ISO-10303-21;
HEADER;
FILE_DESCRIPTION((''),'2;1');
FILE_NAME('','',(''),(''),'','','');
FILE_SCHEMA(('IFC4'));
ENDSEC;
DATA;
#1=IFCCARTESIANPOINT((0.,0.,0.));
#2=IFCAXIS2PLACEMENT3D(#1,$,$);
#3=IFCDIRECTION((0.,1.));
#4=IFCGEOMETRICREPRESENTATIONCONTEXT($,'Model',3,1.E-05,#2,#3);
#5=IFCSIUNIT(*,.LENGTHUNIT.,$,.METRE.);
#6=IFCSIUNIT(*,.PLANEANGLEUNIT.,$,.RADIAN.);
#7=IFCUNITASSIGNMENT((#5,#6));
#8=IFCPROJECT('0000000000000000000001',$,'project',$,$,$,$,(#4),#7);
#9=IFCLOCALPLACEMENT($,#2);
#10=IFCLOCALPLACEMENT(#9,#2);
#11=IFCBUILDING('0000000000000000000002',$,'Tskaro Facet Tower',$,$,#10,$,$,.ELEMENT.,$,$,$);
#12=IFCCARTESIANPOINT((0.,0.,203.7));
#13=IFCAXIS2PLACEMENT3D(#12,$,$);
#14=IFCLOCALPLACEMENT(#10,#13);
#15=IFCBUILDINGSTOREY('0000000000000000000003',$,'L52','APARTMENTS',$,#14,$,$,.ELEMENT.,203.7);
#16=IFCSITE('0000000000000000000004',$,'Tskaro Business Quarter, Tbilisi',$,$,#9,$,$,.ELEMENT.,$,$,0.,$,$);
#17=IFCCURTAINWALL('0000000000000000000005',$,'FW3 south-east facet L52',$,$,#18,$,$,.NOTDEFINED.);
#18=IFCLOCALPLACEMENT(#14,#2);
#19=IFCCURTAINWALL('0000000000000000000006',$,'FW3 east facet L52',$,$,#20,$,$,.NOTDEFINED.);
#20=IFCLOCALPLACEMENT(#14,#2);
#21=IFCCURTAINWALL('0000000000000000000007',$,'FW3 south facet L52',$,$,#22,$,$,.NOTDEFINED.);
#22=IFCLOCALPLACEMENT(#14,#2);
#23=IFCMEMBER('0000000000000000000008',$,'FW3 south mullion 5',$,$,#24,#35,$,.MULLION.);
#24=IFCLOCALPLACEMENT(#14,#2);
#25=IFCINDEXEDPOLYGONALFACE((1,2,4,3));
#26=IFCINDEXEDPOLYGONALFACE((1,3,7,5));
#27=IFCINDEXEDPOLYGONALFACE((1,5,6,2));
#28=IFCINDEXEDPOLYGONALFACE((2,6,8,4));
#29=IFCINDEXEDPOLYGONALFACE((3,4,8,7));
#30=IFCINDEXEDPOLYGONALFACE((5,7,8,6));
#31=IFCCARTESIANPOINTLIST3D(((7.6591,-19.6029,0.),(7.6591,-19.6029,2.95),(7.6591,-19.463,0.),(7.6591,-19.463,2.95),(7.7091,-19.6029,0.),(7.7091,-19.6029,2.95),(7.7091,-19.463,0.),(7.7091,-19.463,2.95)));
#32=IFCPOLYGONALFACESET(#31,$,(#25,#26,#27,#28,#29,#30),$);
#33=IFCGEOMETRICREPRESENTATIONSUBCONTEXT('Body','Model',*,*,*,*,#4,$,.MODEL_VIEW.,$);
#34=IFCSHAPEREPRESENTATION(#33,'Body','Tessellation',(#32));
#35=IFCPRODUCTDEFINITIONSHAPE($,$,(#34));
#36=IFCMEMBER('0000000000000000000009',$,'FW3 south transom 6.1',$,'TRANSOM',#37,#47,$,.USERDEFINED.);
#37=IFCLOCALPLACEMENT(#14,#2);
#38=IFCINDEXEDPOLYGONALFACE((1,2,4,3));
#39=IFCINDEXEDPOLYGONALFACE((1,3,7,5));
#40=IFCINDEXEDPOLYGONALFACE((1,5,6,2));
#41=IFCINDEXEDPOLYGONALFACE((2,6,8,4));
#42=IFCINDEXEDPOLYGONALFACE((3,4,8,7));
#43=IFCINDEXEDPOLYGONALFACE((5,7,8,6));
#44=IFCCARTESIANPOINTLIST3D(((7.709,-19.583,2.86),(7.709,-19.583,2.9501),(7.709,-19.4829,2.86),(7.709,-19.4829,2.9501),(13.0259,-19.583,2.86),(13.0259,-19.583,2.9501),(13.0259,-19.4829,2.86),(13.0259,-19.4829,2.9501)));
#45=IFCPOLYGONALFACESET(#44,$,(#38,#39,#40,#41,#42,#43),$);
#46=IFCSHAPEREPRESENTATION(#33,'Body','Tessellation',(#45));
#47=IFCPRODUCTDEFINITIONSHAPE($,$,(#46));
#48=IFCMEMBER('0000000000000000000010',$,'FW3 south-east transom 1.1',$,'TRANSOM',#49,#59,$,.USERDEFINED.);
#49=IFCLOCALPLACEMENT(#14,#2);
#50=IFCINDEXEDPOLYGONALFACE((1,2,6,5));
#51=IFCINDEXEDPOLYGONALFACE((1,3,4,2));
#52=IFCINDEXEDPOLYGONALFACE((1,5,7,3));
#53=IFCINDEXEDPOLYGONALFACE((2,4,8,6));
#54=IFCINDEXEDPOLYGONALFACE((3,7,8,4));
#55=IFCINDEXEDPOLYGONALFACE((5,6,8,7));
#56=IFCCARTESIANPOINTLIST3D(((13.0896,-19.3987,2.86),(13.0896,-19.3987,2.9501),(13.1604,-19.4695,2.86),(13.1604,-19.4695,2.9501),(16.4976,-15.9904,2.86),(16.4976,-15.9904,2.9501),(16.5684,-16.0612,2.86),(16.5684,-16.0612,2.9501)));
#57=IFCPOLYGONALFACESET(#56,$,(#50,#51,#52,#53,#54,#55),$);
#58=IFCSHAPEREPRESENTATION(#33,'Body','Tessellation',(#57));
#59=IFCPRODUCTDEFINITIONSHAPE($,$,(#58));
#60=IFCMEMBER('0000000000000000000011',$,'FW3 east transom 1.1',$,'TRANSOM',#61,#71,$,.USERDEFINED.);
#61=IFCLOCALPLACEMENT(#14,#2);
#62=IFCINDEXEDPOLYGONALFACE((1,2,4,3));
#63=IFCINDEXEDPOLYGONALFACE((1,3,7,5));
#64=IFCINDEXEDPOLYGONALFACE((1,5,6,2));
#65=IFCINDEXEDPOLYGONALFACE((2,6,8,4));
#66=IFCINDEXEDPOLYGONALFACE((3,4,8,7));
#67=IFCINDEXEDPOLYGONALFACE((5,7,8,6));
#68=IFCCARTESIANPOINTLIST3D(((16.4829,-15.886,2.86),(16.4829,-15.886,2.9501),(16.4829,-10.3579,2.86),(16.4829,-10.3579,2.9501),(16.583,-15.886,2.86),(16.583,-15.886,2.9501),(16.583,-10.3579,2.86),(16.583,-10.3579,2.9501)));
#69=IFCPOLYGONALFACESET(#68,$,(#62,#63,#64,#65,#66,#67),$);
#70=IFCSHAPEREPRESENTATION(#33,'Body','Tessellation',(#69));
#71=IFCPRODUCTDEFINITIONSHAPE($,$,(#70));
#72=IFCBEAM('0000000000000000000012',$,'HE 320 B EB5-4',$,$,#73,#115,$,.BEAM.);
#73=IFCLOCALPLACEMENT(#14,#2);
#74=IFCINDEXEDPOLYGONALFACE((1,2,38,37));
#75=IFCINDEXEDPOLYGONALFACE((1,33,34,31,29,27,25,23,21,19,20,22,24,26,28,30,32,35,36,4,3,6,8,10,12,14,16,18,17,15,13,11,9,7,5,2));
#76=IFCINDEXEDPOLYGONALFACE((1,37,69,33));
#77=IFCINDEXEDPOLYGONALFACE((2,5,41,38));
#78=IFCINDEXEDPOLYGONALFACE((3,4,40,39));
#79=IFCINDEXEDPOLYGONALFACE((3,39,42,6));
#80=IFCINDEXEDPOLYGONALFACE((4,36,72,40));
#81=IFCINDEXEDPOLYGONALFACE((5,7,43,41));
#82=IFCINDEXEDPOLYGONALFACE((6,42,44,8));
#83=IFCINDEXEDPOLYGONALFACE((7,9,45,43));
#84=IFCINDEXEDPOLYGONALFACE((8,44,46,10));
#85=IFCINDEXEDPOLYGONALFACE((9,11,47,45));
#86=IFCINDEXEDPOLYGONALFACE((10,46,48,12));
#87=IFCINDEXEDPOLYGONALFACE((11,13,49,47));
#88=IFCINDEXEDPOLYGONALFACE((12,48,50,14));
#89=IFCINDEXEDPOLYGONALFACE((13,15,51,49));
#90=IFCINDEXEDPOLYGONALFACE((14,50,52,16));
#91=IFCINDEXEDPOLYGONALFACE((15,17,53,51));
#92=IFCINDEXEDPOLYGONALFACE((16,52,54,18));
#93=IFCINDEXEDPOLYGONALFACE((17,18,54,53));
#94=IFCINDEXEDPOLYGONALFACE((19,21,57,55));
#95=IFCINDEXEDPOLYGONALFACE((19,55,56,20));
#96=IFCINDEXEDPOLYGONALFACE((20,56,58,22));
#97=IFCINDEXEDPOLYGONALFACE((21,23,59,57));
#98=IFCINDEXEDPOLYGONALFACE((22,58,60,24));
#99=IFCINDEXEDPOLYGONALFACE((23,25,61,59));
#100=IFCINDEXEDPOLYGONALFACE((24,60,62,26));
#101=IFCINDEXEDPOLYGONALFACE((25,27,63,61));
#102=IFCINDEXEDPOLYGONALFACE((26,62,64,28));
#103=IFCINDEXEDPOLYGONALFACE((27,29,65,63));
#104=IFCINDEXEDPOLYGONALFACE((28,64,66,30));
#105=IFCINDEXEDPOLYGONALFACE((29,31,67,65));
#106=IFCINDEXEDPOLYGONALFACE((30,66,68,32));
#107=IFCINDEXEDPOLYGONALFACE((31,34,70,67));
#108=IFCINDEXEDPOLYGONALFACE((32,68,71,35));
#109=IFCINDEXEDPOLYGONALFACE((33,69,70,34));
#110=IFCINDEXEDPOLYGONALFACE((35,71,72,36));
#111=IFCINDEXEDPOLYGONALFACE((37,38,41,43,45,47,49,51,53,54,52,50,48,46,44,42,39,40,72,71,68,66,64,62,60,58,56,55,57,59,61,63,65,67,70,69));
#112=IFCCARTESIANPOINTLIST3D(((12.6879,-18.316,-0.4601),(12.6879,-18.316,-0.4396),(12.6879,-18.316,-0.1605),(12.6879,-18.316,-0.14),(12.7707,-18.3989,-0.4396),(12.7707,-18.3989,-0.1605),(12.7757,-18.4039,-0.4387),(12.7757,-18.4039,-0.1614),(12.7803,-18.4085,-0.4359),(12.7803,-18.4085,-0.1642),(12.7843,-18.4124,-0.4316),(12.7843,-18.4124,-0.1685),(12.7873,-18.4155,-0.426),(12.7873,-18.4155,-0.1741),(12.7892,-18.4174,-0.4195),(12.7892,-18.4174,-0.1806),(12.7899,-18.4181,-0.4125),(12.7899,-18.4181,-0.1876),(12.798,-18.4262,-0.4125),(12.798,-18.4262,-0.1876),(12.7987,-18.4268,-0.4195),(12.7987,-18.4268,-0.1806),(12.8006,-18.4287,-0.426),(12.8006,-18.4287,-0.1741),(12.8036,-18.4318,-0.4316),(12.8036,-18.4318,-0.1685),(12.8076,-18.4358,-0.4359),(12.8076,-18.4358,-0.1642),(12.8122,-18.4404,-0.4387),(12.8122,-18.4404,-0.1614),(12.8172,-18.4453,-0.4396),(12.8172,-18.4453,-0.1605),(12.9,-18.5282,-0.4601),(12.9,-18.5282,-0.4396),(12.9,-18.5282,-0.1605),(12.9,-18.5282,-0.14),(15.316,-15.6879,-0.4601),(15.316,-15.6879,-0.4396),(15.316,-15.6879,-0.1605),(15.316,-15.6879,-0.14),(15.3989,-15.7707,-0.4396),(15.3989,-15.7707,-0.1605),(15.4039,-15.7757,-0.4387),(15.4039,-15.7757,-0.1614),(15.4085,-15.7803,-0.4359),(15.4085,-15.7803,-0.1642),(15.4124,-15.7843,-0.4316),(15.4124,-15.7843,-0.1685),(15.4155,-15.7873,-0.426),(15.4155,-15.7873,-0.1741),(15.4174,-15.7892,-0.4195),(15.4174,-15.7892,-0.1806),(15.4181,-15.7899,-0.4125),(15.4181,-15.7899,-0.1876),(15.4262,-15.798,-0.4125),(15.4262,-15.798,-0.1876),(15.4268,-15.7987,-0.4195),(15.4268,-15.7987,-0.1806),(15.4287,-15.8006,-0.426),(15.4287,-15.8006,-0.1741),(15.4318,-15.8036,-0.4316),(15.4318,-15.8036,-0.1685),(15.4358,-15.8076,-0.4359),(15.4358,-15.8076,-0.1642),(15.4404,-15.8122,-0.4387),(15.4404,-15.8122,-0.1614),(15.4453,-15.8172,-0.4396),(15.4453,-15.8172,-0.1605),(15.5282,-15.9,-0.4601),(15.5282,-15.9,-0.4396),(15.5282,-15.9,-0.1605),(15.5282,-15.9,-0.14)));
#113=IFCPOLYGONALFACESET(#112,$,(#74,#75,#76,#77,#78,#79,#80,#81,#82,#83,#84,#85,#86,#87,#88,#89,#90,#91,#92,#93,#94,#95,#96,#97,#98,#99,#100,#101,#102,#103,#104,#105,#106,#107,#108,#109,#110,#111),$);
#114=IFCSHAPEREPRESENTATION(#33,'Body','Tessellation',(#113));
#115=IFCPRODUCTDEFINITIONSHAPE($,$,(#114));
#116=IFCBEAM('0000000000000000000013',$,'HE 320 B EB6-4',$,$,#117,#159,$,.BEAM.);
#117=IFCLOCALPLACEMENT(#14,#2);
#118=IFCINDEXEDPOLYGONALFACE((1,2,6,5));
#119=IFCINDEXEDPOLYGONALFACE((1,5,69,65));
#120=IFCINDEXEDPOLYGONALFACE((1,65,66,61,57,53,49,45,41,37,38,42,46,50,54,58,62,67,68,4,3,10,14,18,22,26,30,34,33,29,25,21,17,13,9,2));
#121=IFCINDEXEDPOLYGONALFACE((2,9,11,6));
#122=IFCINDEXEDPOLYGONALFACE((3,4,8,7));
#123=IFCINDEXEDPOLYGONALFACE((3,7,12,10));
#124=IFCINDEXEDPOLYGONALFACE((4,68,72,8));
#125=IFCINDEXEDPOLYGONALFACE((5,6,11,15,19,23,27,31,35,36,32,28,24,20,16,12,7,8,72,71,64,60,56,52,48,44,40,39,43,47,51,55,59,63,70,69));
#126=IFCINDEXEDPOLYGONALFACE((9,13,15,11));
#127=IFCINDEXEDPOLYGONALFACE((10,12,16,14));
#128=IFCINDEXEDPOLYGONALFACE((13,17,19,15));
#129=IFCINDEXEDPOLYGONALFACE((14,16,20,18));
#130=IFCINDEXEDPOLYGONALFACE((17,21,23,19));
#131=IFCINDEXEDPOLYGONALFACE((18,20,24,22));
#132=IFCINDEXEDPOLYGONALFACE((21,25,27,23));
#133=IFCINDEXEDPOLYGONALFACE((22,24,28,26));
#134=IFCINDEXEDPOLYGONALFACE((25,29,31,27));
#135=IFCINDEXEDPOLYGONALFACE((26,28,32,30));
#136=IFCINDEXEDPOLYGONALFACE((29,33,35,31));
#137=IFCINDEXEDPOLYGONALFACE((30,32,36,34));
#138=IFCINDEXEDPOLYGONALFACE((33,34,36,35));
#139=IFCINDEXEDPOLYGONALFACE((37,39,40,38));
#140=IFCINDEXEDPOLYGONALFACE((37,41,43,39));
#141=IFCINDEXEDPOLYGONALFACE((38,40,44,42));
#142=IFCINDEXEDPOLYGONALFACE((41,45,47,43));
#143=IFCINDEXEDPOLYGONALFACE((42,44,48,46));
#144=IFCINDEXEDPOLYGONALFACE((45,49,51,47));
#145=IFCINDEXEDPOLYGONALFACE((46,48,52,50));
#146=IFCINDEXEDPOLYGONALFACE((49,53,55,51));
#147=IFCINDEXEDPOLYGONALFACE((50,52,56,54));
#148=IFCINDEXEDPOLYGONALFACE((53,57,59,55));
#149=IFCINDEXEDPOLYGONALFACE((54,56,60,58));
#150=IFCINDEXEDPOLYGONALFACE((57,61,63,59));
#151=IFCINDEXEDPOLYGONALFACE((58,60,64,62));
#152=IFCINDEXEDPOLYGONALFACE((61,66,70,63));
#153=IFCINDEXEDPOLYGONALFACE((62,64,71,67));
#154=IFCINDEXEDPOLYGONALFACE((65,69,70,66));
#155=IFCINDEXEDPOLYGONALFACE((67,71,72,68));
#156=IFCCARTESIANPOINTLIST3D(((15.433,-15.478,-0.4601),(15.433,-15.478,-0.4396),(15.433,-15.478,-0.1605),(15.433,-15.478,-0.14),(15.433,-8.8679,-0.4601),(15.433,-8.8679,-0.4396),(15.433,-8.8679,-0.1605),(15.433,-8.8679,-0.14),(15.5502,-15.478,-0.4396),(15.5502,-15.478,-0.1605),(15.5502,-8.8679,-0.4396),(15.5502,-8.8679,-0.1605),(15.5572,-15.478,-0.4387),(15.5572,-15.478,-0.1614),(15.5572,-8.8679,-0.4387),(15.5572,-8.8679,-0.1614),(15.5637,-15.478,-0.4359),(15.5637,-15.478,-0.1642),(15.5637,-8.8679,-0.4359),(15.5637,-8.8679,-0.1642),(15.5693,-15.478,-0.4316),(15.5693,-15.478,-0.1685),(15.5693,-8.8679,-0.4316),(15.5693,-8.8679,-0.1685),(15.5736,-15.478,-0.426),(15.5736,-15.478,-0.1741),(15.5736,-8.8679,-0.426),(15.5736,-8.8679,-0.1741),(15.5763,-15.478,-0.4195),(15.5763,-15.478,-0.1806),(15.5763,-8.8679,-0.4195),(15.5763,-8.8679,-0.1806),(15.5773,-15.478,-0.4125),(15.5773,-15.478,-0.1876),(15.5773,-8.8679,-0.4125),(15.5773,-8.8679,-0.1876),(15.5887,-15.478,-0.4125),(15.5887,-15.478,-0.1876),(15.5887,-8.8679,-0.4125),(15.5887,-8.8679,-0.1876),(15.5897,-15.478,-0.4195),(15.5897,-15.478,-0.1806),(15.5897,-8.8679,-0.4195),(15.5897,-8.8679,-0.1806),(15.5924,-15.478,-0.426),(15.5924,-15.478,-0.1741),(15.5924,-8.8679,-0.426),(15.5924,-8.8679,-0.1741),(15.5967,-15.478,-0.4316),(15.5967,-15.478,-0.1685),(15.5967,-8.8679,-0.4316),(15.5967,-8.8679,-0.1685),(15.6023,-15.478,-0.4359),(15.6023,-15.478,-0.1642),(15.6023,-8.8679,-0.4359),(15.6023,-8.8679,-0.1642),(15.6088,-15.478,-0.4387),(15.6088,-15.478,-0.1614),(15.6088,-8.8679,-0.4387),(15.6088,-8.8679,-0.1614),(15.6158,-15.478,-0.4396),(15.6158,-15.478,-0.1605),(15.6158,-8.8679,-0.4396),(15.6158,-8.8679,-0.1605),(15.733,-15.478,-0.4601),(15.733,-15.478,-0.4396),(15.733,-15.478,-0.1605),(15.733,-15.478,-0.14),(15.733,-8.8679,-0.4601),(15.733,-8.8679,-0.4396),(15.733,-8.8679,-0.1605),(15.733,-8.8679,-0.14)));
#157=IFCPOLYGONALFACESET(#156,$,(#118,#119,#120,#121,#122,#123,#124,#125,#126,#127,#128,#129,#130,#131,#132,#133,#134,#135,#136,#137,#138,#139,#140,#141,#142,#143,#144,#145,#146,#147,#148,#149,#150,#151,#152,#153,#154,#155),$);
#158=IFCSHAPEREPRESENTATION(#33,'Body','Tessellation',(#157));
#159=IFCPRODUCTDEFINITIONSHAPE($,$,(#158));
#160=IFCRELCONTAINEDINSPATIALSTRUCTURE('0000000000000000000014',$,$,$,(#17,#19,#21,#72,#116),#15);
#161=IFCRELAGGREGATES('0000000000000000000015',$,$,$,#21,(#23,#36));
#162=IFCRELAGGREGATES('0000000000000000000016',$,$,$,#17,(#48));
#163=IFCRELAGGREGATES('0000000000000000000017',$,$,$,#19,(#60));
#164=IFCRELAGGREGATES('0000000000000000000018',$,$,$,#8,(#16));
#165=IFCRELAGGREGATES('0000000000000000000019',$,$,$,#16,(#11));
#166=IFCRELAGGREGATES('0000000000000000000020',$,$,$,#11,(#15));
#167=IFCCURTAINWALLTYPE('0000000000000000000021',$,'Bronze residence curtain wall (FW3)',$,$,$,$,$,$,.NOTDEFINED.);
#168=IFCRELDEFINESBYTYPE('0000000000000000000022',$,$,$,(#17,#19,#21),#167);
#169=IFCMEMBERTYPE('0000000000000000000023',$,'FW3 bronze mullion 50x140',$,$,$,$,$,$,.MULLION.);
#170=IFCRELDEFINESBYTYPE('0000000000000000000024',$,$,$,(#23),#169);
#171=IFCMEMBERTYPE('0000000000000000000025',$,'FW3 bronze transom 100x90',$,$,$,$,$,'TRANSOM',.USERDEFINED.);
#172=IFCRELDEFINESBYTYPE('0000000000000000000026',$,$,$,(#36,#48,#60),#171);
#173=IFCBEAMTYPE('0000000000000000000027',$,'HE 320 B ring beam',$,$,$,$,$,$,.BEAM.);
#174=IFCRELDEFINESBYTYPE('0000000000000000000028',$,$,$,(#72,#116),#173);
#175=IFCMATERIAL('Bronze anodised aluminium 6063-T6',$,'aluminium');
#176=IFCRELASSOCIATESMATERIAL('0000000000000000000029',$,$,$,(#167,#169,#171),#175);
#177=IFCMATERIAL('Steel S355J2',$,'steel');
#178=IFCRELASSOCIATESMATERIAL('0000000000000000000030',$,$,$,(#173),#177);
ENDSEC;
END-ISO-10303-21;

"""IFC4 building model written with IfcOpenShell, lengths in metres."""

from ifc_helpers import new_model, si_unit, direction, frame, origin, origin_2d, place, context, subcontext, project, spatial, rectangle, i_section, extrude, material, material_profile, profile_set, type_object, element, aggregate, save


model = new_model("IFC4")

# Units and contexts
model_context = context("Model", 3, precision=1e-05, world=origin(), true_north=direction((0.0, 1.0)))
body_context = subcontext(model_context, "Body", "Model", "MODEL_VIEW")
ifc_project = project(units=[si_unit("LENGTHUNIT", "METRE"), si_unit("PLANEANGLEUNIT", "RADIAN")], contexts=[model_context])

# Site, building, storey
site_placement = place(None, origin())
site = spatial("IfcSite", under=ifc_project, at=site_placement, Name="Tskaro Business Quarter, Tbilisi", CompositionType="ELEMENT", RefElevation=0.0)
building_placement = place(site_placement, origin())
building = spatial("IfcBuilding", under=site, at=building_placement, Name="Tskaro Facet Tower", CompositionType="ELEMENT")
storey_placement = place(building_placement, frame((0.0, 0.0, 203.7)))
storey = spatial("IfcBuildingStorey", under=building, at=storey_placement, Name="L52", Description="APARTMENTS", CompositionType="ELEMENT", Elevation=203.7)

# Curtain walls
ifc_material_1 = material(Name="Bronze anodised aluminium 6063-T6", Category="aluminium")
curtain_wall_type = type_object("IfcCurtainWallType", Name="Bronze residence curtain wall (FW3)", PredefinedType="NOTDEFINED", material=ifc_material_1)
curtain_wall_1_placement = place(storey_placement, origin())
curtain_wall_1 = element("IfcCurtainWall", 1, at=curtain_wall_1_placement, inside=storey, type_object=curtain_wall_type, Name="FW3 south-east facet L52", PredefinedType="NOTDEFINED")
curtain_wall_2_placement = place(storey_placement, origin())
curtain_wall_2 = element("IfcCurtainWall", 2, at=curtain_wall_2_placement, inside=storey, type_object=curtain_wall_type, Name="FW3 east facet L52", PredefinedType="NOTDEFINED")

# Curtain wall, members
curtain_wall_3_placement = place(storey_placement, origin())
curtain_wall_3 = element("IfcCurtainWall", 3, at=curtain_wall_3_placement, inside=storey, type_object=curtain_wall_type, Name="FW3 south facet L52", PredefinedType="NOTDEFINED")
ifc_material_profile_1 = material_profile(ifc_material_1, rectangle(XDim=0.05, YDim=0.1399, at=origin_2d()), Name="Mullion 50x140")
ifc_profile_set_1 = profile_set([ifc_material_profile_1], Name="Bronze anodised aluminium 6063-T6")
member_type_1 = type_object("IfcMemberType", Name="FW3 bronze mullion 50x140", PredefinedType="MULLION", material=ifc_profile_set_1)
member_1_placement = place(storey_placement, frame((7.6841, -19.533, 0.0), z_axis=(0.0, 0.0, 1.0), x_axis=(1.0, 0.0, 0.0)))
member_1 = element("IfcMember", 4, at=member_1_placement, type_object=member_type_1, Name="FW3 south mullion 5", PredefinedType="MULLION", context=body_context, shape_type="SweptSolid", body=[
    extrude(rectangle(XDim=0.05, YDim=0.1399, at=origin_2d()), origin(), (0.0, 0.0, 1.0), 2.95),
])
ifc_material_profile_2 = material_profile(ifc_material_1, rectangle(XDim=0.1001, YDim=0.0901, at=origin_2d()), Name="Transom 100x90")
ifc_profile_set_2 = profile_set([ifc_material_profile_2], Name="Bronze anodised aluminium 6063-T6")
member_type_2 = type_object("IfcMemberType", Name="FW3 bronze transom 100x90", ElementType="TRANSOM", PredefinedType="USERDEFINED", material=ifc_profile_set_2)
member_2_placement = place(storey_placement, frame((7.709, -19.533, 2.905), z_axis=(1.0, 0.0, 0.0), x_axis=(0.0, 1.0, 0.0)))
member_2 = element("IfcMember", 5, at=member_2_placement, type_object=member_type_2, Name="FW3 south transom 6.1", ObjectType="TRANSOM", PredefinedType="USERDEFINED", context=body_context, shape_type="SweptSolid", body=[
    extrude(rectangle(XDim=0.1001, YDim=0.0901, at=origin_2d()), origin(), (0.0, 0.0, 1.0), 5.3169),
])

# Members
member_3_placement = place(storey_placement, frame((13.125, -19.4341, 2.905), z_axis=(0.707081, 0.707132, 0.0), x_axis=(-0.707132, 0.707081, 0.0)))
member_3 = element("IfcMember", 6, at=member_3_placement, type_object=member_type_2, Name="FW3 south-east transom 1.1", ObjectType="TRANSOM", PredefinedType="USERDEFINED", context=body_context, shape_type="SweptSolid", body=[
    extrude(rectangle(XDim=0.1001, YDim=0.0901, at=origin_2d()), origin(), (0.0, 0.0, 1.0), 4.8198),
])
member_4_placement = place(storey_placement, frame((16.533, -15.886, 2.905), z_axis=(0.0, 1.0, 0.0), x_axis=(-1.0, 0.0, 0.0)))
member_4 = element("IfcMember", 7, at=member_4_placement, type_object=member_type_2, Name="FW3 east transom 1.1", ObjectType="TRANSOM", PredefinedType="USERDEFINED", context=body_context, shape_type="SweptSolid", body=[
    extrude(rectangle(XDim=0.1001, YDim=0.0901, at=origin_2d()), origin(), (0.0, 0.0, 1.0), 5.5281),
])

# Beams
ifc_material_2 = material(Name="Steel S355J2", Category="steel")
ifc_material_profile_3 = material_profile(ifc_material_2, i_section(OverallWidth=0.3, OverallDepth=0.3201, WebThickness=0.0115, FlangeThickness=0.0205, FilletRadius=0.0271, at=origin_2d()), Name="HE 320 B")
ifc_profile_set_3 = profile_set([ifc_material_profile_3], Name="Steel S355J2")
beam_type_1 = type_object("IfcBeamType", Name="HE 320 B ring beam", PredefinedType="BEAM", material=ifc_profile_set_3)
beam_1_placement = place(storey_placement, frame((12.7939, -18.4221, -0.3), z_axis=(0.707107, 0.707107, 0.0), x_axis=(-0.707107, 0.707107, 0.0)))
element("IfcBeam", 8, at=beam_1_placement, inside=storey, type_object=beam_type_1, Name="HE 320 B EB5-4", PredefinedType="BEAM", context=body_context, shape_type="SweptSolid", body=[
    extrude(i_section(OverallWidth=0.3, OverallDepth=0.3201, WebThickness=0.0115, FlangeThickness=0.0205, FilletRadius=0.0271, at=origin_2d()), origin(), (0.0, 0.0, 1.0), 3.7168),
])
beam_2_placement = place(storey_placement, frame((15.583, -15.478, -0.3), z_axis=(0.0, 1.0, 0.0), x_axis=(-1.0, 0.0, 0.0)))
element("IfcBeam", 9, at=beam_2_placement, inside=storey, type_object=beam_type_1, Name="HE 320 B EB6-4", PredefinedType="BEAM", context=body_context, shape_type="SweptSolid", body=[
    extrude(i_section(OverallWidth=0.3, OverallDepth=0.3201, WebThickness=0.0115, FlangeThickness=0.0205, FilletRadius=0.0271, at=origin_2d()), origin(), (0.0, 0.0, 1.0), 6.6101),
])

aggregate(curtain_wall_3, [member_1, member_2])
aggregate(curtain_wall_1, [member_3])
aggregate(curtain_wall_2, [member_4])

save(model, "model.ifc")
